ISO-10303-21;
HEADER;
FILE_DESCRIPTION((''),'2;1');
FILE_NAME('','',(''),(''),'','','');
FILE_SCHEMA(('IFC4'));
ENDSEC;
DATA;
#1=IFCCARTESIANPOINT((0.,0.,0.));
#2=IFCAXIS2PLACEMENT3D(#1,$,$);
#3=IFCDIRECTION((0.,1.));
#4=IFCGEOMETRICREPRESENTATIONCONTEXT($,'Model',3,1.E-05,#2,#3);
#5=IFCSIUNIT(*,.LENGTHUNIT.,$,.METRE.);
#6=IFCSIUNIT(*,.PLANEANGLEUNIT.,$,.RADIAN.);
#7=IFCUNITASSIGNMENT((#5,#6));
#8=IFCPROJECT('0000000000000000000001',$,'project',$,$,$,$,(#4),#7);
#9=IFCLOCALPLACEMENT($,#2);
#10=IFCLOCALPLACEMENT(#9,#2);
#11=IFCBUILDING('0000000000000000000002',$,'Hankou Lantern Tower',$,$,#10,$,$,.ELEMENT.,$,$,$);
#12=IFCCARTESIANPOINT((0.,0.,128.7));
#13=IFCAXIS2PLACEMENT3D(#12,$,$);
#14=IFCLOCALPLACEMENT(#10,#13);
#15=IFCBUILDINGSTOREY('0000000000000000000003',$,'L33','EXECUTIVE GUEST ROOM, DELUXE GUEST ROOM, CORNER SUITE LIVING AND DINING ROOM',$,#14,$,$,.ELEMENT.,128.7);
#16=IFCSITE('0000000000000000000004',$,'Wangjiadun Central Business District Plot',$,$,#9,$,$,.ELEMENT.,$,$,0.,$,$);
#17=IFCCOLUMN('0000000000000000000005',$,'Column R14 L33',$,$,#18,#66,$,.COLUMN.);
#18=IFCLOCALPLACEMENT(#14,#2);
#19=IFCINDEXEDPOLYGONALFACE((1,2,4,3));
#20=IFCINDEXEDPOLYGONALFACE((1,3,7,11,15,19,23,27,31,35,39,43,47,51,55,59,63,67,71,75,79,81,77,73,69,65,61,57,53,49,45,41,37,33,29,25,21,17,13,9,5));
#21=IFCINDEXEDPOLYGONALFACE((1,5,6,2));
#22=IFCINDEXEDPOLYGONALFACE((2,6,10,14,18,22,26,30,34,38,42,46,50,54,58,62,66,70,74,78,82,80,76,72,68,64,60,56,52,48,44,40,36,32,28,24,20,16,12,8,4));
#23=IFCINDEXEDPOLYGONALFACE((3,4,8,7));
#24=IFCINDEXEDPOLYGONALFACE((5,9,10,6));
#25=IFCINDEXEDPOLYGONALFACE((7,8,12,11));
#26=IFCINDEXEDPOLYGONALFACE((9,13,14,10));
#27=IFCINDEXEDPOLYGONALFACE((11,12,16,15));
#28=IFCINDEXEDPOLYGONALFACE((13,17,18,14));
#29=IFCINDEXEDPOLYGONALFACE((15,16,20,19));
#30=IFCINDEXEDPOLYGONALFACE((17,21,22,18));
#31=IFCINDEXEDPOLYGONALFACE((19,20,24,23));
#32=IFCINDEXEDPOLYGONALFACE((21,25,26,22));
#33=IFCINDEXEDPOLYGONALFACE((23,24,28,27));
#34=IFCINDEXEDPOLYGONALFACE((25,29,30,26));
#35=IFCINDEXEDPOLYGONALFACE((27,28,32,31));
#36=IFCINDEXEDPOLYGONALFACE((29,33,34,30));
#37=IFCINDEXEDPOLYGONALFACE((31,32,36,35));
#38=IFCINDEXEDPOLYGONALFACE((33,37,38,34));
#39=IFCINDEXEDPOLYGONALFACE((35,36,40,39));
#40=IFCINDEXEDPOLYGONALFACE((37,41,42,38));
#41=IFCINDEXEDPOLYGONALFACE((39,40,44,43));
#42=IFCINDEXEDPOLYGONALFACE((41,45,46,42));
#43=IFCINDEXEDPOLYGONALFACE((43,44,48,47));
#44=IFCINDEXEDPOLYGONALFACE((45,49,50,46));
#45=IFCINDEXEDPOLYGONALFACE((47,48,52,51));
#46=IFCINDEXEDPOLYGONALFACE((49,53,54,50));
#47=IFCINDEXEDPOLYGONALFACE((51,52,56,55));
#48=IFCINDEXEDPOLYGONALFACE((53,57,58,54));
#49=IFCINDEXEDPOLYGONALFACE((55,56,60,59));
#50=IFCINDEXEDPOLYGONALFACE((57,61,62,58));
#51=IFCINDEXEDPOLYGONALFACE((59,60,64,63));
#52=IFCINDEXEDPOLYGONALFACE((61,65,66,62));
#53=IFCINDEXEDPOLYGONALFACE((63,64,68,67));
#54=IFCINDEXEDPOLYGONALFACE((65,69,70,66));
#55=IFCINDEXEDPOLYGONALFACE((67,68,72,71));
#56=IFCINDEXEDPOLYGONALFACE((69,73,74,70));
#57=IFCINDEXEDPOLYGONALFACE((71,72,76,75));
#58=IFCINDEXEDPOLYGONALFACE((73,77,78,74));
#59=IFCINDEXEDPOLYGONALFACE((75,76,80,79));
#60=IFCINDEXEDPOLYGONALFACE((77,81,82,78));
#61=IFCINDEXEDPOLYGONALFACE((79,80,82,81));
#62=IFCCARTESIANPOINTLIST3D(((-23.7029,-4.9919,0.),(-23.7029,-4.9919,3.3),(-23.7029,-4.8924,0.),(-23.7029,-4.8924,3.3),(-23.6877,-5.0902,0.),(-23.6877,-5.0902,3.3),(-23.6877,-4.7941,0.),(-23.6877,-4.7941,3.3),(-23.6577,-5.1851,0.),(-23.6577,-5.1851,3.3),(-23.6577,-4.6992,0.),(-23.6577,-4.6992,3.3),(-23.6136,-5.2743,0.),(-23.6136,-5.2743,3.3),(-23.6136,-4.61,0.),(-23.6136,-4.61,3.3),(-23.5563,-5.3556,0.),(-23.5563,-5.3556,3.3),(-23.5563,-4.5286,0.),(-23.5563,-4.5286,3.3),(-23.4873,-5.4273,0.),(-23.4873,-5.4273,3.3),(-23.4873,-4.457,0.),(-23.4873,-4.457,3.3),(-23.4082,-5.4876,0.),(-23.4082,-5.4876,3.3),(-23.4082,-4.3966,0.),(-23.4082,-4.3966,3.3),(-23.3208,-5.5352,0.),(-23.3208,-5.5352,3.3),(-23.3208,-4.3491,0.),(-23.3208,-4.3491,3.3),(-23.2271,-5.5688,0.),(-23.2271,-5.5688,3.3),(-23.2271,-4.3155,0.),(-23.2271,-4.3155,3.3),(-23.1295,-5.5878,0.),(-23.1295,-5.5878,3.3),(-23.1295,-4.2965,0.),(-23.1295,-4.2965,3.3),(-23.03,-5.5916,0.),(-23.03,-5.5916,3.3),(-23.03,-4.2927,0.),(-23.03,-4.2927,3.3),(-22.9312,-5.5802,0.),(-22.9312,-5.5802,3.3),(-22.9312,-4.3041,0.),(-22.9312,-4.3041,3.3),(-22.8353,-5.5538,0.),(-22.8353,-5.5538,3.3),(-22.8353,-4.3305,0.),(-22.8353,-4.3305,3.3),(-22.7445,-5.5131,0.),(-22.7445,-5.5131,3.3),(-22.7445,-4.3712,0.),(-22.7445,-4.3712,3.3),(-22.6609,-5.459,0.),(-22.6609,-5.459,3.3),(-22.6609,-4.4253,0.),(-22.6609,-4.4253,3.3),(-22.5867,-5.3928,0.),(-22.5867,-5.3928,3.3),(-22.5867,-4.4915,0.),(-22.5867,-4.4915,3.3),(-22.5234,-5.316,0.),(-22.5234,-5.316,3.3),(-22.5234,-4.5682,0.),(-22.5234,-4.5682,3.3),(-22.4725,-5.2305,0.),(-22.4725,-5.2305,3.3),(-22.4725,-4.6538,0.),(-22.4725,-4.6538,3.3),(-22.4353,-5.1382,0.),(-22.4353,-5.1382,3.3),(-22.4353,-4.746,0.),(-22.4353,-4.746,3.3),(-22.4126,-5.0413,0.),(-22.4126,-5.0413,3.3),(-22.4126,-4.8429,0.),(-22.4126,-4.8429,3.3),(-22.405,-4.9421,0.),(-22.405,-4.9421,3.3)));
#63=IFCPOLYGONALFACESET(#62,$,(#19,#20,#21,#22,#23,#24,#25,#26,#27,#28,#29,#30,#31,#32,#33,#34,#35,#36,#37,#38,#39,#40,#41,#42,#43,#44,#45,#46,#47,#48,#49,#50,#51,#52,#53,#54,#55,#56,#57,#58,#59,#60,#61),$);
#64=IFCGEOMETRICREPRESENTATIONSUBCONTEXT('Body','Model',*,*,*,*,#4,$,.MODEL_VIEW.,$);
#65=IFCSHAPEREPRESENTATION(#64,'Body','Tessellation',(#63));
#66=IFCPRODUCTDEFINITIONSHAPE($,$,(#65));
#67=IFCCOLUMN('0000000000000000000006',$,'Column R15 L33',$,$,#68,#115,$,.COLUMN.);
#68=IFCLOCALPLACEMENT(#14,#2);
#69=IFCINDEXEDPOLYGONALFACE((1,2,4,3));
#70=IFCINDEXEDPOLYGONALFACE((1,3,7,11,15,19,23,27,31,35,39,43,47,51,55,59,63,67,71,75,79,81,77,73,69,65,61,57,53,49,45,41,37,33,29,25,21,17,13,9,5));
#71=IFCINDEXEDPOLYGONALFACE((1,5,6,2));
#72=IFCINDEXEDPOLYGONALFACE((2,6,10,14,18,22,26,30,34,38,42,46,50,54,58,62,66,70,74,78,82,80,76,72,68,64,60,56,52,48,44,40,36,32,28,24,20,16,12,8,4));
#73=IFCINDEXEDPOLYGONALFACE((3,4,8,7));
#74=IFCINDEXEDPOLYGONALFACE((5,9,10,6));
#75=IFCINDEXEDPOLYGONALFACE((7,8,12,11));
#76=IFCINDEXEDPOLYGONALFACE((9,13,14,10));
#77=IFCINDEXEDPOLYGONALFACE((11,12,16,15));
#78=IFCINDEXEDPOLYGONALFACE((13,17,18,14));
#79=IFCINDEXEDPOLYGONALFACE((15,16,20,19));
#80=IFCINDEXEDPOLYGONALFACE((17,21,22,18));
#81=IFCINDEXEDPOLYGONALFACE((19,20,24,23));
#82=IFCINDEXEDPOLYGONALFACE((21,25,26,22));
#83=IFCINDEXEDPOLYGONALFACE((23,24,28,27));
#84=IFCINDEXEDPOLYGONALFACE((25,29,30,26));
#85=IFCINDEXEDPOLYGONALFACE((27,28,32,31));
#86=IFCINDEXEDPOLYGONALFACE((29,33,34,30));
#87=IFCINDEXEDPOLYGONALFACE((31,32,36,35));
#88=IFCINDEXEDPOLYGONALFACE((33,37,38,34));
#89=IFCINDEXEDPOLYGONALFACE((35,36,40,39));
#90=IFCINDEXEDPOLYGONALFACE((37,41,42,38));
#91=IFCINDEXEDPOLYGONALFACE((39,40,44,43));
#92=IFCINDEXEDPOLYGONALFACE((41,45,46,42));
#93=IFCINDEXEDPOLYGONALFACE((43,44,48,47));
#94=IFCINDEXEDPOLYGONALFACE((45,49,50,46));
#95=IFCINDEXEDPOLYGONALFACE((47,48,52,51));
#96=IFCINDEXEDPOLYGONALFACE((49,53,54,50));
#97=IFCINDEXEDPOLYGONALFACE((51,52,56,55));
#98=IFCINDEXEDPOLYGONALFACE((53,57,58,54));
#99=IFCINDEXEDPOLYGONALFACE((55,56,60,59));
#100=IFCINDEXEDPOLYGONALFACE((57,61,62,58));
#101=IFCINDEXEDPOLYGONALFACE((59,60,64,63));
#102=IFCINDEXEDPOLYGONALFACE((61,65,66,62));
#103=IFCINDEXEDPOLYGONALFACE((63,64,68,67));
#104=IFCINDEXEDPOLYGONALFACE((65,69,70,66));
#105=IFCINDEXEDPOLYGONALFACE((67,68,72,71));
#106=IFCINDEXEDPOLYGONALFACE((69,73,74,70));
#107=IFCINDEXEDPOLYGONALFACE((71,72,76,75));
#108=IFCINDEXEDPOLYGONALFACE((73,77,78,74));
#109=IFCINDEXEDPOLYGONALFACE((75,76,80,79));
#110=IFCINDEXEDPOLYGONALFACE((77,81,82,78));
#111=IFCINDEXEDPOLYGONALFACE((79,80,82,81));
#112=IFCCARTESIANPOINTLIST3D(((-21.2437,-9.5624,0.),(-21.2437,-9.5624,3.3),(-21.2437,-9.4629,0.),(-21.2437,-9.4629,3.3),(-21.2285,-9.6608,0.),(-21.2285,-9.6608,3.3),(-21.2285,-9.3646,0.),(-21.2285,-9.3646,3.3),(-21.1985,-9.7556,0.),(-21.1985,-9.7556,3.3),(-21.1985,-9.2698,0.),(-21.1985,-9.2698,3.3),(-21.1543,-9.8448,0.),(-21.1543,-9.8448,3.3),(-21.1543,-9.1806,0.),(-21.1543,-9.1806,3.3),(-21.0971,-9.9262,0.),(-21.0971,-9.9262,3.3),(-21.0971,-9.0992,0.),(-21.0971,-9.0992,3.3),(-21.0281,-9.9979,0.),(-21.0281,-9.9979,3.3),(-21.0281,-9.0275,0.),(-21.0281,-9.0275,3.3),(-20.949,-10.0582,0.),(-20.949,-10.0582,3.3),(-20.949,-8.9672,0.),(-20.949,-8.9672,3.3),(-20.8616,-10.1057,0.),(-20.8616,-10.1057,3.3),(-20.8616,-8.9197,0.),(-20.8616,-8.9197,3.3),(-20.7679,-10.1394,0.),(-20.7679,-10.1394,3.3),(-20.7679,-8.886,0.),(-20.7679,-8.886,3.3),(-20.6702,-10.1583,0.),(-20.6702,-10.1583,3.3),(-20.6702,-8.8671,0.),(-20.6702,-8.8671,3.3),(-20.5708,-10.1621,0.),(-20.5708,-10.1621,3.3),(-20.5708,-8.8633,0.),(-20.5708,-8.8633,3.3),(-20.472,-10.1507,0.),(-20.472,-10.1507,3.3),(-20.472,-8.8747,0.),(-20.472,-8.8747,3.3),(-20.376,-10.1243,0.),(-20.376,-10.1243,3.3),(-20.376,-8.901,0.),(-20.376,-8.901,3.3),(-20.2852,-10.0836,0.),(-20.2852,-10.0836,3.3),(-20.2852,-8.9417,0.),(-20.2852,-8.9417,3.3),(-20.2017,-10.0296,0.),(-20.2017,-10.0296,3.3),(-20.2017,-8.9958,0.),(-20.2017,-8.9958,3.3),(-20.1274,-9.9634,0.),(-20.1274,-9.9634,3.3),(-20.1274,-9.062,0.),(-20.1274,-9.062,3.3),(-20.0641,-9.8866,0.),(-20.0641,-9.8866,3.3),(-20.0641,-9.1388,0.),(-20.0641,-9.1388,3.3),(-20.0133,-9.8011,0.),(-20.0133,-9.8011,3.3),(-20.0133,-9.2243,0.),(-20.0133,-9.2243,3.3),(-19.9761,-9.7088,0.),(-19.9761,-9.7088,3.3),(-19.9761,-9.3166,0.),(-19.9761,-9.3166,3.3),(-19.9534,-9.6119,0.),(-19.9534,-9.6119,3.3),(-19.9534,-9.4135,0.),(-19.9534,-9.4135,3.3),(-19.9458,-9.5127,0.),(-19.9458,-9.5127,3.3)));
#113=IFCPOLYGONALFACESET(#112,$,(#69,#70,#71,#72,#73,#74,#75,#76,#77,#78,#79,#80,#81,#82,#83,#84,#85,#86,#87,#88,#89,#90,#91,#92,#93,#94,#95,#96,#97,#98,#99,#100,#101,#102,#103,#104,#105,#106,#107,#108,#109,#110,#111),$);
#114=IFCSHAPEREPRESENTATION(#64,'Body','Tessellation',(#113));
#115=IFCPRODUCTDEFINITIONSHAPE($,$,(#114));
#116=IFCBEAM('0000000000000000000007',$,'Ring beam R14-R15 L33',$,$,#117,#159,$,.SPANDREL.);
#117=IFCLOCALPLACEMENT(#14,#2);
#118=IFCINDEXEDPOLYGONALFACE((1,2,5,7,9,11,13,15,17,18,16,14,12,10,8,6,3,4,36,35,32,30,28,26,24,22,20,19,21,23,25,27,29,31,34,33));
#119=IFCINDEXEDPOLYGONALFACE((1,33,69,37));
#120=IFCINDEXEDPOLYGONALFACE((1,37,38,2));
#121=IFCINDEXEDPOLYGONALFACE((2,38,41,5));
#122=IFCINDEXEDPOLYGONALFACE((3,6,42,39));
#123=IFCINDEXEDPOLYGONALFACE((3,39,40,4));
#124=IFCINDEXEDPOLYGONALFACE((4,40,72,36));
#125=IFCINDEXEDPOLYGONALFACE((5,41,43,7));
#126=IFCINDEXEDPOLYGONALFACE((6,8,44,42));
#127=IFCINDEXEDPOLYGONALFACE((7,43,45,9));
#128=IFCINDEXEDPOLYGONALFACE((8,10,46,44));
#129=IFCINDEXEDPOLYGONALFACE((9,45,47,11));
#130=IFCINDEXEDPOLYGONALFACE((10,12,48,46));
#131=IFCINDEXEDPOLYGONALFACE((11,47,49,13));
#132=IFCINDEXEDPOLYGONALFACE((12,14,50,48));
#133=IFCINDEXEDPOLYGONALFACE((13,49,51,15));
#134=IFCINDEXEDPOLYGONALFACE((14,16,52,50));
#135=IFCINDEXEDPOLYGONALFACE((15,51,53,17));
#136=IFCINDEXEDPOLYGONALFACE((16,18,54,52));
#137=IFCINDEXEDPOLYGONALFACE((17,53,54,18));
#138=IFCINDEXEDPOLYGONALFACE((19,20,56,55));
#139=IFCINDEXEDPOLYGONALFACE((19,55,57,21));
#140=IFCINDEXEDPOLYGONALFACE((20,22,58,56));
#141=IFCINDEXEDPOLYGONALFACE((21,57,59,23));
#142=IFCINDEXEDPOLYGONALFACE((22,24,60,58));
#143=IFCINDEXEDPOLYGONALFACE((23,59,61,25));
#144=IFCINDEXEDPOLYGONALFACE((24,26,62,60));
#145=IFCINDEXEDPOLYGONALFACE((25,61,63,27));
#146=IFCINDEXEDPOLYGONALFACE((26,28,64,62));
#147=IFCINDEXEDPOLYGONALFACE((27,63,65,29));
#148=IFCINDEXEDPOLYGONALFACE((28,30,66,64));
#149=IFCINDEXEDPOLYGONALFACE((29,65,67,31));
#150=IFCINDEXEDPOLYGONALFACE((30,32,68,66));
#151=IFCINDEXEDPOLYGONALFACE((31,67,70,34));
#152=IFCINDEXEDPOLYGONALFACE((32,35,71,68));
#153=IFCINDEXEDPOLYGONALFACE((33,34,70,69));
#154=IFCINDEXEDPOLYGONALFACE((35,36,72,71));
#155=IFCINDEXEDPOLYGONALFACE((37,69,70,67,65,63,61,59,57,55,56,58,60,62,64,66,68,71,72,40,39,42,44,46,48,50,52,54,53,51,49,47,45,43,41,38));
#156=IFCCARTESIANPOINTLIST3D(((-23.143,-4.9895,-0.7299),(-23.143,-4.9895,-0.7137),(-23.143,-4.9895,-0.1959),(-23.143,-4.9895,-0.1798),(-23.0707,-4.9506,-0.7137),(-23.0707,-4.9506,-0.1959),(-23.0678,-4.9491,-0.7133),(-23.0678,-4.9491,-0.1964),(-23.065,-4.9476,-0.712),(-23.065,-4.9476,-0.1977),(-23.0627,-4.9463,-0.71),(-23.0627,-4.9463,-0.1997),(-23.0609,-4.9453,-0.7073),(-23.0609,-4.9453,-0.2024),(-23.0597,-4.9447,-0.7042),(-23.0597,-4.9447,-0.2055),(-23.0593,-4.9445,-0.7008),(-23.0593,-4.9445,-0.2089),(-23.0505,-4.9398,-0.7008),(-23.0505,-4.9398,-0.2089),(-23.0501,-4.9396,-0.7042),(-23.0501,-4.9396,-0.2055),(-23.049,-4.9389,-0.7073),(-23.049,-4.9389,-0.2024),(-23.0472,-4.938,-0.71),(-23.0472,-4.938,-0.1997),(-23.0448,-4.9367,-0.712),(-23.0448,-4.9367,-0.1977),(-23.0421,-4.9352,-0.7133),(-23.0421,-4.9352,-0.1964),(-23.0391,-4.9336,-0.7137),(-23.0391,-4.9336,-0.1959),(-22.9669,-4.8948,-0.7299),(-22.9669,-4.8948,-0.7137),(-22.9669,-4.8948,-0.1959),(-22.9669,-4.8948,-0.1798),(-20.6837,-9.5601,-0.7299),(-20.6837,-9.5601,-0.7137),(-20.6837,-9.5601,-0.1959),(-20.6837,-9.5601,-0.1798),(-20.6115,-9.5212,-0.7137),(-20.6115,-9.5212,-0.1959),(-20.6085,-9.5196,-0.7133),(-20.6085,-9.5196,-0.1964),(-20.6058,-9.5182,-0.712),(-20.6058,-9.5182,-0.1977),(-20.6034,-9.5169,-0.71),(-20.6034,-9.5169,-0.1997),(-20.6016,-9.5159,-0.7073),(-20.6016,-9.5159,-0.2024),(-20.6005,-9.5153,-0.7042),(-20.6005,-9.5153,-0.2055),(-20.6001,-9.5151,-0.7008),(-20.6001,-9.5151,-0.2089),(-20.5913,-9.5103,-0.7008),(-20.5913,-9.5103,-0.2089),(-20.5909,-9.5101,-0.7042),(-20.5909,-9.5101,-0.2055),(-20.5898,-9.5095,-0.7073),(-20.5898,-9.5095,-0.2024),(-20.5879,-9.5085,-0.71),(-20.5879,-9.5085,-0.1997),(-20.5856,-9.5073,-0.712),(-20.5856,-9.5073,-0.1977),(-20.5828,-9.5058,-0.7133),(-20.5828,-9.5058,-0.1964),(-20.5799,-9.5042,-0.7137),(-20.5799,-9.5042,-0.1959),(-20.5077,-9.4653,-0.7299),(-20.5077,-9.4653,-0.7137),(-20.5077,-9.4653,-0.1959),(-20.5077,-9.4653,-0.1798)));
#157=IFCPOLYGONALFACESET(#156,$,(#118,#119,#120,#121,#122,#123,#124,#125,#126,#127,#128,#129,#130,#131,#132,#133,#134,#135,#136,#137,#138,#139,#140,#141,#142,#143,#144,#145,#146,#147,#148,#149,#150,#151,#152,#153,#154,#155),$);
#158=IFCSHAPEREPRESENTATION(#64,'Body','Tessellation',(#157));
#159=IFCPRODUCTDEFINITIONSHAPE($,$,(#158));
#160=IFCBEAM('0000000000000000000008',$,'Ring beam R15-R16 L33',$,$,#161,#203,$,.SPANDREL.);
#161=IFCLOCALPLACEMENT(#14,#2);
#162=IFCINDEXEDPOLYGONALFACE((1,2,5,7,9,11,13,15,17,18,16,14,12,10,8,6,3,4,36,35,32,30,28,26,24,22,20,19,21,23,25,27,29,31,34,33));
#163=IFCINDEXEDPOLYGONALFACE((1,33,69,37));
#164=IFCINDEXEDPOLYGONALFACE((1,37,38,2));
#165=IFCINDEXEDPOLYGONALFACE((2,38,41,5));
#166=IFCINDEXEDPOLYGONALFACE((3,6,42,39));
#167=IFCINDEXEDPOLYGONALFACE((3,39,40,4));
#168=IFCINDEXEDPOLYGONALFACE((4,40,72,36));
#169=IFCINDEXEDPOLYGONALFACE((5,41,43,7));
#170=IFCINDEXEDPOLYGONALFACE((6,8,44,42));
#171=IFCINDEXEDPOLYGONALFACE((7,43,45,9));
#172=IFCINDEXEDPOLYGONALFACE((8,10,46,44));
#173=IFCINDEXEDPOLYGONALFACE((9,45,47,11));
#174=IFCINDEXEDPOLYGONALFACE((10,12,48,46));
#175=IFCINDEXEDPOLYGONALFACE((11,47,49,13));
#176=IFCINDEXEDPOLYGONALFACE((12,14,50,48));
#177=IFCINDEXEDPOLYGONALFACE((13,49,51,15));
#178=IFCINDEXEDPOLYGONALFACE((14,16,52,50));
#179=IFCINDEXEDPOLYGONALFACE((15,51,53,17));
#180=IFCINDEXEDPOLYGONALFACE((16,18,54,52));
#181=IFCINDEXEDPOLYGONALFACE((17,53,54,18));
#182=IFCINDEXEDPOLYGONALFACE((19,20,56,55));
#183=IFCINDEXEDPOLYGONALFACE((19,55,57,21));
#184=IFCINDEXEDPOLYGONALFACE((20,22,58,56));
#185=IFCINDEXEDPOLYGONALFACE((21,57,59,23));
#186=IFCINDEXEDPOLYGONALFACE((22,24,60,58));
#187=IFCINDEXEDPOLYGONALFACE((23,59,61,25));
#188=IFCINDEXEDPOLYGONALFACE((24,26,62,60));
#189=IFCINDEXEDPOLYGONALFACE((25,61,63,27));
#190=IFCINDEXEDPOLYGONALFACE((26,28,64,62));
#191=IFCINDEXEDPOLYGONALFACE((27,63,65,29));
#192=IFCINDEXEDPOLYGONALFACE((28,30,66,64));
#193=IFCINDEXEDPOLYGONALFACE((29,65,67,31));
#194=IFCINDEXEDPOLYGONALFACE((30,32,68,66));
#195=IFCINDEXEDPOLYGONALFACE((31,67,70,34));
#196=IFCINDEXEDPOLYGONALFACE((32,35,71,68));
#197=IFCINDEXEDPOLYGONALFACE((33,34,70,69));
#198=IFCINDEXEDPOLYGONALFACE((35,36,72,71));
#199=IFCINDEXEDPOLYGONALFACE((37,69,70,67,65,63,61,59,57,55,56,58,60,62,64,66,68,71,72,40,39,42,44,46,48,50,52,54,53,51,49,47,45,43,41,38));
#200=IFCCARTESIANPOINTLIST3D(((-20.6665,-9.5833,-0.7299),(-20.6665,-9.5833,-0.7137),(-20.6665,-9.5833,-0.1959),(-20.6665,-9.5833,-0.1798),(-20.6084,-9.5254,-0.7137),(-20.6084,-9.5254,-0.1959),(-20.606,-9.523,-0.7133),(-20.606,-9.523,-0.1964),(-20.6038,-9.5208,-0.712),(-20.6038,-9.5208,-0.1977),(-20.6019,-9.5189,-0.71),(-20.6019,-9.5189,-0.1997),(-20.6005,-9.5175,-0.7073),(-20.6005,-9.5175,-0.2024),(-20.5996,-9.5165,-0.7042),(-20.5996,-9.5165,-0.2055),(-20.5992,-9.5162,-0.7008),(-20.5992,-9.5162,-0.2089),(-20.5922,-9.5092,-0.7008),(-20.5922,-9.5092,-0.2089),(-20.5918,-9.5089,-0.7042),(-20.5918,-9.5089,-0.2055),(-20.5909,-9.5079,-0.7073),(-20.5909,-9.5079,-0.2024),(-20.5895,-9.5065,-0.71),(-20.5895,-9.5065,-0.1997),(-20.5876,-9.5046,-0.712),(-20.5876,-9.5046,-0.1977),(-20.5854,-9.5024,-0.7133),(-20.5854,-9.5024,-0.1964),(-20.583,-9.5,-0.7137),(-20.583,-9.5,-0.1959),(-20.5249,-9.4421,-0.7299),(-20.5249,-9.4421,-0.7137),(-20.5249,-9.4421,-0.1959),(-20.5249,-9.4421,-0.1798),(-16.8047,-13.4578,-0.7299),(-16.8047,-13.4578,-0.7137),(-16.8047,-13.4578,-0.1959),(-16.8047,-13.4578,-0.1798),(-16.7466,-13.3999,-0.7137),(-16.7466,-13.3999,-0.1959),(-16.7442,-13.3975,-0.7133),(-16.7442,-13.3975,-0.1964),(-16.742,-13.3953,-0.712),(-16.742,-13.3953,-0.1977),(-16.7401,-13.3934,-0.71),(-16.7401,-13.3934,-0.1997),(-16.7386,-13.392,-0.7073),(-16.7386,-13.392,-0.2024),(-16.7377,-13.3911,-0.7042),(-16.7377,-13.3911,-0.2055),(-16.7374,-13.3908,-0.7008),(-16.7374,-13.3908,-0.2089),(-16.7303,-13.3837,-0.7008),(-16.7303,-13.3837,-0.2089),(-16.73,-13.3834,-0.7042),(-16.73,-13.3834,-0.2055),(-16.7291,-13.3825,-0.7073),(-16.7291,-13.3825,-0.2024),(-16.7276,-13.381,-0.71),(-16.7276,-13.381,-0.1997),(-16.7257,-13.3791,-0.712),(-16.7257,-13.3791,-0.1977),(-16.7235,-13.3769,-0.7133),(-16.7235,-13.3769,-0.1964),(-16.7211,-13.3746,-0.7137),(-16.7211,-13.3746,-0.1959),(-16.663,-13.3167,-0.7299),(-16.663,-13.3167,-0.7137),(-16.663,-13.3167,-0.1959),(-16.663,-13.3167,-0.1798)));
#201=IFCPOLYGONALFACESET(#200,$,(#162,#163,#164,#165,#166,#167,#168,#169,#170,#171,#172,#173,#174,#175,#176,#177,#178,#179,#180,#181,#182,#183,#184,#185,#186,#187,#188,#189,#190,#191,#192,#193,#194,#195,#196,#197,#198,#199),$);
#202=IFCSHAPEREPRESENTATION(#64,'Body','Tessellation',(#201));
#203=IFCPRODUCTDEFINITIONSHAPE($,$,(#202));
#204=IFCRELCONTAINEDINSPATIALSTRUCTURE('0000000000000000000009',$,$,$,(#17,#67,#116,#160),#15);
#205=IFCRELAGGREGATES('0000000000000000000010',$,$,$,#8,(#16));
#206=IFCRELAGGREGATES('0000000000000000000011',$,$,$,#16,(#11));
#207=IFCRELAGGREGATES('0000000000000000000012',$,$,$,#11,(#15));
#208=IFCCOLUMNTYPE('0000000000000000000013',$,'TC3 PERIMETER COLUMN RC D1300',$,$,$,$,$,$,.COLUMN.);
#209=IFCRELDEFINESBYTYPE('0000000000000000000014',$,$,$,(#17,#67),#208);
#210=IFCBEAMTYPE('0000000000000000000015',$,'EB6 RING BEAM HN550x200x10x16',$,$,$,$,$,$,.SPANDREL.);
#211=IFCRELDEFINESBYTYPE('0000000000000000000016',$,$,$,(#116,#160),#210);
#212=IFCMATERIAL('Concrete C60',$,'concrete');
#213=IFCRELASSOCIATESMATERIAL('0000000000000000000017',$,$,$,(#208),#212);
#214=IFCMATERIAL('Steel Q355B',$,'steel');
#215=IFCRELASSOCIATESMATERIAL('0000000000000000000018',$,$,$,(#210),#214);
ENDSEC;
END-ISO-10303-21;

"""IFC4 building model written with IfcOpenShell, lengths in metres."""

from ifc_helpers import new_model, si_unit, direction, frame, origin, origin_2d, place, context, subcontext, project, spatial, circle, i_section, extrude, material, material_profile, profile_set, type_object, element, save


model = new_model("IFC4")

# Units and contexts
model_context = context("Model", 3, precision=1e-05, world=origin(), true_north=direction((0.0, 1.0)))
body_context = subcontext(model_context, "Body", "Model", "MODEL_VIEW")
ifc_project = project(units=[si_unit("LENGTHUNIT", "METRE"), si_unit("PLANEANGLEUNIT", "RADIAN")], contexts=[model_context])

# Site, building, storey
site_placement = place(None, origin())
site = spatial("IfcSite", under=ifc_project, at=site_placement, Name="Wangjiadun Central Business District Plot", CompositionType="ELEMENT", RefElevation=0.0)
building_placement = place(site_placement, origin())
building = spatial("IfcBuilding", under=site, at=building_placement, Name="Hankou Lantern Tower", CompositionType="ELEMENT")
storey_placement = place(building_placement, frame((0.0, 0.0, 128.7)))
storey = spatial("IfcBuildingStorey", under=building, at=storey_placement, Name="L33", Description="EXECUTIVE GUEST ROOM, DELUXE GUEST ROOM, CORNER SUITE LIVING AND DINING ROOM", CompositionType="ELEMENT", Elevation=128.7)

# Columns
ifc_material_1 = material(Name="Concrete C60", Category="concrete")
ifc_material_profile_1 = material_profile(ifc_material_1, circle(Radius=0.6499, at=origin_2d()), Name="RC D1300")
ifc_profile_set_1 = profile_set([ifc_material_profile_1], Name="Concrete C60")
column_type = type_object("IfcColumnType", Name="TC3 PERIMETER COLUMN RC D1300", PredefinedType="COLUMN", material=ifc_profile_set_1)
for number, where, z_axis, x_axis, name in (
    (1, (-23.0549, -4.9421, 0.0), (0.0, 0.0, 1.0), (1.0, 0.0, 0.0), "Column R14 L33"),
    (2, (-20.5957, -9.5127, 0.0), (0.0, 0.0, 1.0), (1.0, 0.0, 0.0), "Column R15 L33"),
):
    element("IfcColumn", number, at=place(storey_placement, frame(where, z_axis=z_axis, x_axis=x_axis)), inside=storey, type_object=column_type, Name=name, PredefinedType="COLUMN", context=body_context, shape_type="SweptSolid", body=[
        extrude(circle(Radius=0.6499, at=origin_2d()), origin(), (0.0, 0.0, 1.0), 3.3),
    ])

# Beams
ifc_material_2 = material(Name="Steel Q355B", Category="steel")
ifc_material_profile_2 = material_profile(ifc_material_2, i_section(OverallWidth=0.2, OverallDepth=0.55, WebThickness=0.01, FlangeThickness=0.0161, FilletRadius=0.0129, at=origin_2d()), Name="HN550x200x10x16")
ifc_profile_set_2 = profile_set([ifc_material_profile_2], Name="Steel Q355B")
beam_type_1 = type_object("IfcBeamType", Name="EB6 RING BEAM HN550x200x10x16", PredefinedType="SPANDREL", material=ifc_profile_set_2)
beam_1_placement = place(storey_placement, frame((-23.0549, -4.9421, -0.4548), z_axis=(0.473825, -0.880619, 0.0), x_axis=(0.880619, 0.473825, 0.0)))
element("IfcBeam", 3, at=beam_1_placement, inside=storey, type_object=beam_type_1, Name="Ring beam R14-R15 L33", PredefinedType="SPANDREL", context=body_context, shape_type="SweptSolid", body=[
    extrude(i_section(OverallWidth=0.2, OverallDepth=0.55, WebThickness=0.01, FlangeThickness=0.0161, FilletRadius=0.0129, at=origin_2d()), origin(), (0.0, 0.0, 1.0), 5.1902),
])
beam_2_placement = place(storey_placement, frame((-20.5957, -9.5127, -0.4548), z_axis=(0.705945, -0.708266, 0.0), x_axis=(0.708266, 0.705945, 0.0)))
element("IfcBeam", 4, at=beam_2_placement, inside=storey, type_object=beam_type_1, Name="Ring beam R15-R16 L33", PredefinedType="SPANDREL", context=body_context, shape_type="SweptSolid", body=[
    extrude(i_section(OverallWidth=0.2, OverallDepth=0.55, WebThickness=0.01, FlangeThickness=0.0161, FilletRadius=0.0129, at=origin_2d()), origin(), (0.0, 0.0, 1.0), 5.4705),
])

save(model, "model.ifc")
